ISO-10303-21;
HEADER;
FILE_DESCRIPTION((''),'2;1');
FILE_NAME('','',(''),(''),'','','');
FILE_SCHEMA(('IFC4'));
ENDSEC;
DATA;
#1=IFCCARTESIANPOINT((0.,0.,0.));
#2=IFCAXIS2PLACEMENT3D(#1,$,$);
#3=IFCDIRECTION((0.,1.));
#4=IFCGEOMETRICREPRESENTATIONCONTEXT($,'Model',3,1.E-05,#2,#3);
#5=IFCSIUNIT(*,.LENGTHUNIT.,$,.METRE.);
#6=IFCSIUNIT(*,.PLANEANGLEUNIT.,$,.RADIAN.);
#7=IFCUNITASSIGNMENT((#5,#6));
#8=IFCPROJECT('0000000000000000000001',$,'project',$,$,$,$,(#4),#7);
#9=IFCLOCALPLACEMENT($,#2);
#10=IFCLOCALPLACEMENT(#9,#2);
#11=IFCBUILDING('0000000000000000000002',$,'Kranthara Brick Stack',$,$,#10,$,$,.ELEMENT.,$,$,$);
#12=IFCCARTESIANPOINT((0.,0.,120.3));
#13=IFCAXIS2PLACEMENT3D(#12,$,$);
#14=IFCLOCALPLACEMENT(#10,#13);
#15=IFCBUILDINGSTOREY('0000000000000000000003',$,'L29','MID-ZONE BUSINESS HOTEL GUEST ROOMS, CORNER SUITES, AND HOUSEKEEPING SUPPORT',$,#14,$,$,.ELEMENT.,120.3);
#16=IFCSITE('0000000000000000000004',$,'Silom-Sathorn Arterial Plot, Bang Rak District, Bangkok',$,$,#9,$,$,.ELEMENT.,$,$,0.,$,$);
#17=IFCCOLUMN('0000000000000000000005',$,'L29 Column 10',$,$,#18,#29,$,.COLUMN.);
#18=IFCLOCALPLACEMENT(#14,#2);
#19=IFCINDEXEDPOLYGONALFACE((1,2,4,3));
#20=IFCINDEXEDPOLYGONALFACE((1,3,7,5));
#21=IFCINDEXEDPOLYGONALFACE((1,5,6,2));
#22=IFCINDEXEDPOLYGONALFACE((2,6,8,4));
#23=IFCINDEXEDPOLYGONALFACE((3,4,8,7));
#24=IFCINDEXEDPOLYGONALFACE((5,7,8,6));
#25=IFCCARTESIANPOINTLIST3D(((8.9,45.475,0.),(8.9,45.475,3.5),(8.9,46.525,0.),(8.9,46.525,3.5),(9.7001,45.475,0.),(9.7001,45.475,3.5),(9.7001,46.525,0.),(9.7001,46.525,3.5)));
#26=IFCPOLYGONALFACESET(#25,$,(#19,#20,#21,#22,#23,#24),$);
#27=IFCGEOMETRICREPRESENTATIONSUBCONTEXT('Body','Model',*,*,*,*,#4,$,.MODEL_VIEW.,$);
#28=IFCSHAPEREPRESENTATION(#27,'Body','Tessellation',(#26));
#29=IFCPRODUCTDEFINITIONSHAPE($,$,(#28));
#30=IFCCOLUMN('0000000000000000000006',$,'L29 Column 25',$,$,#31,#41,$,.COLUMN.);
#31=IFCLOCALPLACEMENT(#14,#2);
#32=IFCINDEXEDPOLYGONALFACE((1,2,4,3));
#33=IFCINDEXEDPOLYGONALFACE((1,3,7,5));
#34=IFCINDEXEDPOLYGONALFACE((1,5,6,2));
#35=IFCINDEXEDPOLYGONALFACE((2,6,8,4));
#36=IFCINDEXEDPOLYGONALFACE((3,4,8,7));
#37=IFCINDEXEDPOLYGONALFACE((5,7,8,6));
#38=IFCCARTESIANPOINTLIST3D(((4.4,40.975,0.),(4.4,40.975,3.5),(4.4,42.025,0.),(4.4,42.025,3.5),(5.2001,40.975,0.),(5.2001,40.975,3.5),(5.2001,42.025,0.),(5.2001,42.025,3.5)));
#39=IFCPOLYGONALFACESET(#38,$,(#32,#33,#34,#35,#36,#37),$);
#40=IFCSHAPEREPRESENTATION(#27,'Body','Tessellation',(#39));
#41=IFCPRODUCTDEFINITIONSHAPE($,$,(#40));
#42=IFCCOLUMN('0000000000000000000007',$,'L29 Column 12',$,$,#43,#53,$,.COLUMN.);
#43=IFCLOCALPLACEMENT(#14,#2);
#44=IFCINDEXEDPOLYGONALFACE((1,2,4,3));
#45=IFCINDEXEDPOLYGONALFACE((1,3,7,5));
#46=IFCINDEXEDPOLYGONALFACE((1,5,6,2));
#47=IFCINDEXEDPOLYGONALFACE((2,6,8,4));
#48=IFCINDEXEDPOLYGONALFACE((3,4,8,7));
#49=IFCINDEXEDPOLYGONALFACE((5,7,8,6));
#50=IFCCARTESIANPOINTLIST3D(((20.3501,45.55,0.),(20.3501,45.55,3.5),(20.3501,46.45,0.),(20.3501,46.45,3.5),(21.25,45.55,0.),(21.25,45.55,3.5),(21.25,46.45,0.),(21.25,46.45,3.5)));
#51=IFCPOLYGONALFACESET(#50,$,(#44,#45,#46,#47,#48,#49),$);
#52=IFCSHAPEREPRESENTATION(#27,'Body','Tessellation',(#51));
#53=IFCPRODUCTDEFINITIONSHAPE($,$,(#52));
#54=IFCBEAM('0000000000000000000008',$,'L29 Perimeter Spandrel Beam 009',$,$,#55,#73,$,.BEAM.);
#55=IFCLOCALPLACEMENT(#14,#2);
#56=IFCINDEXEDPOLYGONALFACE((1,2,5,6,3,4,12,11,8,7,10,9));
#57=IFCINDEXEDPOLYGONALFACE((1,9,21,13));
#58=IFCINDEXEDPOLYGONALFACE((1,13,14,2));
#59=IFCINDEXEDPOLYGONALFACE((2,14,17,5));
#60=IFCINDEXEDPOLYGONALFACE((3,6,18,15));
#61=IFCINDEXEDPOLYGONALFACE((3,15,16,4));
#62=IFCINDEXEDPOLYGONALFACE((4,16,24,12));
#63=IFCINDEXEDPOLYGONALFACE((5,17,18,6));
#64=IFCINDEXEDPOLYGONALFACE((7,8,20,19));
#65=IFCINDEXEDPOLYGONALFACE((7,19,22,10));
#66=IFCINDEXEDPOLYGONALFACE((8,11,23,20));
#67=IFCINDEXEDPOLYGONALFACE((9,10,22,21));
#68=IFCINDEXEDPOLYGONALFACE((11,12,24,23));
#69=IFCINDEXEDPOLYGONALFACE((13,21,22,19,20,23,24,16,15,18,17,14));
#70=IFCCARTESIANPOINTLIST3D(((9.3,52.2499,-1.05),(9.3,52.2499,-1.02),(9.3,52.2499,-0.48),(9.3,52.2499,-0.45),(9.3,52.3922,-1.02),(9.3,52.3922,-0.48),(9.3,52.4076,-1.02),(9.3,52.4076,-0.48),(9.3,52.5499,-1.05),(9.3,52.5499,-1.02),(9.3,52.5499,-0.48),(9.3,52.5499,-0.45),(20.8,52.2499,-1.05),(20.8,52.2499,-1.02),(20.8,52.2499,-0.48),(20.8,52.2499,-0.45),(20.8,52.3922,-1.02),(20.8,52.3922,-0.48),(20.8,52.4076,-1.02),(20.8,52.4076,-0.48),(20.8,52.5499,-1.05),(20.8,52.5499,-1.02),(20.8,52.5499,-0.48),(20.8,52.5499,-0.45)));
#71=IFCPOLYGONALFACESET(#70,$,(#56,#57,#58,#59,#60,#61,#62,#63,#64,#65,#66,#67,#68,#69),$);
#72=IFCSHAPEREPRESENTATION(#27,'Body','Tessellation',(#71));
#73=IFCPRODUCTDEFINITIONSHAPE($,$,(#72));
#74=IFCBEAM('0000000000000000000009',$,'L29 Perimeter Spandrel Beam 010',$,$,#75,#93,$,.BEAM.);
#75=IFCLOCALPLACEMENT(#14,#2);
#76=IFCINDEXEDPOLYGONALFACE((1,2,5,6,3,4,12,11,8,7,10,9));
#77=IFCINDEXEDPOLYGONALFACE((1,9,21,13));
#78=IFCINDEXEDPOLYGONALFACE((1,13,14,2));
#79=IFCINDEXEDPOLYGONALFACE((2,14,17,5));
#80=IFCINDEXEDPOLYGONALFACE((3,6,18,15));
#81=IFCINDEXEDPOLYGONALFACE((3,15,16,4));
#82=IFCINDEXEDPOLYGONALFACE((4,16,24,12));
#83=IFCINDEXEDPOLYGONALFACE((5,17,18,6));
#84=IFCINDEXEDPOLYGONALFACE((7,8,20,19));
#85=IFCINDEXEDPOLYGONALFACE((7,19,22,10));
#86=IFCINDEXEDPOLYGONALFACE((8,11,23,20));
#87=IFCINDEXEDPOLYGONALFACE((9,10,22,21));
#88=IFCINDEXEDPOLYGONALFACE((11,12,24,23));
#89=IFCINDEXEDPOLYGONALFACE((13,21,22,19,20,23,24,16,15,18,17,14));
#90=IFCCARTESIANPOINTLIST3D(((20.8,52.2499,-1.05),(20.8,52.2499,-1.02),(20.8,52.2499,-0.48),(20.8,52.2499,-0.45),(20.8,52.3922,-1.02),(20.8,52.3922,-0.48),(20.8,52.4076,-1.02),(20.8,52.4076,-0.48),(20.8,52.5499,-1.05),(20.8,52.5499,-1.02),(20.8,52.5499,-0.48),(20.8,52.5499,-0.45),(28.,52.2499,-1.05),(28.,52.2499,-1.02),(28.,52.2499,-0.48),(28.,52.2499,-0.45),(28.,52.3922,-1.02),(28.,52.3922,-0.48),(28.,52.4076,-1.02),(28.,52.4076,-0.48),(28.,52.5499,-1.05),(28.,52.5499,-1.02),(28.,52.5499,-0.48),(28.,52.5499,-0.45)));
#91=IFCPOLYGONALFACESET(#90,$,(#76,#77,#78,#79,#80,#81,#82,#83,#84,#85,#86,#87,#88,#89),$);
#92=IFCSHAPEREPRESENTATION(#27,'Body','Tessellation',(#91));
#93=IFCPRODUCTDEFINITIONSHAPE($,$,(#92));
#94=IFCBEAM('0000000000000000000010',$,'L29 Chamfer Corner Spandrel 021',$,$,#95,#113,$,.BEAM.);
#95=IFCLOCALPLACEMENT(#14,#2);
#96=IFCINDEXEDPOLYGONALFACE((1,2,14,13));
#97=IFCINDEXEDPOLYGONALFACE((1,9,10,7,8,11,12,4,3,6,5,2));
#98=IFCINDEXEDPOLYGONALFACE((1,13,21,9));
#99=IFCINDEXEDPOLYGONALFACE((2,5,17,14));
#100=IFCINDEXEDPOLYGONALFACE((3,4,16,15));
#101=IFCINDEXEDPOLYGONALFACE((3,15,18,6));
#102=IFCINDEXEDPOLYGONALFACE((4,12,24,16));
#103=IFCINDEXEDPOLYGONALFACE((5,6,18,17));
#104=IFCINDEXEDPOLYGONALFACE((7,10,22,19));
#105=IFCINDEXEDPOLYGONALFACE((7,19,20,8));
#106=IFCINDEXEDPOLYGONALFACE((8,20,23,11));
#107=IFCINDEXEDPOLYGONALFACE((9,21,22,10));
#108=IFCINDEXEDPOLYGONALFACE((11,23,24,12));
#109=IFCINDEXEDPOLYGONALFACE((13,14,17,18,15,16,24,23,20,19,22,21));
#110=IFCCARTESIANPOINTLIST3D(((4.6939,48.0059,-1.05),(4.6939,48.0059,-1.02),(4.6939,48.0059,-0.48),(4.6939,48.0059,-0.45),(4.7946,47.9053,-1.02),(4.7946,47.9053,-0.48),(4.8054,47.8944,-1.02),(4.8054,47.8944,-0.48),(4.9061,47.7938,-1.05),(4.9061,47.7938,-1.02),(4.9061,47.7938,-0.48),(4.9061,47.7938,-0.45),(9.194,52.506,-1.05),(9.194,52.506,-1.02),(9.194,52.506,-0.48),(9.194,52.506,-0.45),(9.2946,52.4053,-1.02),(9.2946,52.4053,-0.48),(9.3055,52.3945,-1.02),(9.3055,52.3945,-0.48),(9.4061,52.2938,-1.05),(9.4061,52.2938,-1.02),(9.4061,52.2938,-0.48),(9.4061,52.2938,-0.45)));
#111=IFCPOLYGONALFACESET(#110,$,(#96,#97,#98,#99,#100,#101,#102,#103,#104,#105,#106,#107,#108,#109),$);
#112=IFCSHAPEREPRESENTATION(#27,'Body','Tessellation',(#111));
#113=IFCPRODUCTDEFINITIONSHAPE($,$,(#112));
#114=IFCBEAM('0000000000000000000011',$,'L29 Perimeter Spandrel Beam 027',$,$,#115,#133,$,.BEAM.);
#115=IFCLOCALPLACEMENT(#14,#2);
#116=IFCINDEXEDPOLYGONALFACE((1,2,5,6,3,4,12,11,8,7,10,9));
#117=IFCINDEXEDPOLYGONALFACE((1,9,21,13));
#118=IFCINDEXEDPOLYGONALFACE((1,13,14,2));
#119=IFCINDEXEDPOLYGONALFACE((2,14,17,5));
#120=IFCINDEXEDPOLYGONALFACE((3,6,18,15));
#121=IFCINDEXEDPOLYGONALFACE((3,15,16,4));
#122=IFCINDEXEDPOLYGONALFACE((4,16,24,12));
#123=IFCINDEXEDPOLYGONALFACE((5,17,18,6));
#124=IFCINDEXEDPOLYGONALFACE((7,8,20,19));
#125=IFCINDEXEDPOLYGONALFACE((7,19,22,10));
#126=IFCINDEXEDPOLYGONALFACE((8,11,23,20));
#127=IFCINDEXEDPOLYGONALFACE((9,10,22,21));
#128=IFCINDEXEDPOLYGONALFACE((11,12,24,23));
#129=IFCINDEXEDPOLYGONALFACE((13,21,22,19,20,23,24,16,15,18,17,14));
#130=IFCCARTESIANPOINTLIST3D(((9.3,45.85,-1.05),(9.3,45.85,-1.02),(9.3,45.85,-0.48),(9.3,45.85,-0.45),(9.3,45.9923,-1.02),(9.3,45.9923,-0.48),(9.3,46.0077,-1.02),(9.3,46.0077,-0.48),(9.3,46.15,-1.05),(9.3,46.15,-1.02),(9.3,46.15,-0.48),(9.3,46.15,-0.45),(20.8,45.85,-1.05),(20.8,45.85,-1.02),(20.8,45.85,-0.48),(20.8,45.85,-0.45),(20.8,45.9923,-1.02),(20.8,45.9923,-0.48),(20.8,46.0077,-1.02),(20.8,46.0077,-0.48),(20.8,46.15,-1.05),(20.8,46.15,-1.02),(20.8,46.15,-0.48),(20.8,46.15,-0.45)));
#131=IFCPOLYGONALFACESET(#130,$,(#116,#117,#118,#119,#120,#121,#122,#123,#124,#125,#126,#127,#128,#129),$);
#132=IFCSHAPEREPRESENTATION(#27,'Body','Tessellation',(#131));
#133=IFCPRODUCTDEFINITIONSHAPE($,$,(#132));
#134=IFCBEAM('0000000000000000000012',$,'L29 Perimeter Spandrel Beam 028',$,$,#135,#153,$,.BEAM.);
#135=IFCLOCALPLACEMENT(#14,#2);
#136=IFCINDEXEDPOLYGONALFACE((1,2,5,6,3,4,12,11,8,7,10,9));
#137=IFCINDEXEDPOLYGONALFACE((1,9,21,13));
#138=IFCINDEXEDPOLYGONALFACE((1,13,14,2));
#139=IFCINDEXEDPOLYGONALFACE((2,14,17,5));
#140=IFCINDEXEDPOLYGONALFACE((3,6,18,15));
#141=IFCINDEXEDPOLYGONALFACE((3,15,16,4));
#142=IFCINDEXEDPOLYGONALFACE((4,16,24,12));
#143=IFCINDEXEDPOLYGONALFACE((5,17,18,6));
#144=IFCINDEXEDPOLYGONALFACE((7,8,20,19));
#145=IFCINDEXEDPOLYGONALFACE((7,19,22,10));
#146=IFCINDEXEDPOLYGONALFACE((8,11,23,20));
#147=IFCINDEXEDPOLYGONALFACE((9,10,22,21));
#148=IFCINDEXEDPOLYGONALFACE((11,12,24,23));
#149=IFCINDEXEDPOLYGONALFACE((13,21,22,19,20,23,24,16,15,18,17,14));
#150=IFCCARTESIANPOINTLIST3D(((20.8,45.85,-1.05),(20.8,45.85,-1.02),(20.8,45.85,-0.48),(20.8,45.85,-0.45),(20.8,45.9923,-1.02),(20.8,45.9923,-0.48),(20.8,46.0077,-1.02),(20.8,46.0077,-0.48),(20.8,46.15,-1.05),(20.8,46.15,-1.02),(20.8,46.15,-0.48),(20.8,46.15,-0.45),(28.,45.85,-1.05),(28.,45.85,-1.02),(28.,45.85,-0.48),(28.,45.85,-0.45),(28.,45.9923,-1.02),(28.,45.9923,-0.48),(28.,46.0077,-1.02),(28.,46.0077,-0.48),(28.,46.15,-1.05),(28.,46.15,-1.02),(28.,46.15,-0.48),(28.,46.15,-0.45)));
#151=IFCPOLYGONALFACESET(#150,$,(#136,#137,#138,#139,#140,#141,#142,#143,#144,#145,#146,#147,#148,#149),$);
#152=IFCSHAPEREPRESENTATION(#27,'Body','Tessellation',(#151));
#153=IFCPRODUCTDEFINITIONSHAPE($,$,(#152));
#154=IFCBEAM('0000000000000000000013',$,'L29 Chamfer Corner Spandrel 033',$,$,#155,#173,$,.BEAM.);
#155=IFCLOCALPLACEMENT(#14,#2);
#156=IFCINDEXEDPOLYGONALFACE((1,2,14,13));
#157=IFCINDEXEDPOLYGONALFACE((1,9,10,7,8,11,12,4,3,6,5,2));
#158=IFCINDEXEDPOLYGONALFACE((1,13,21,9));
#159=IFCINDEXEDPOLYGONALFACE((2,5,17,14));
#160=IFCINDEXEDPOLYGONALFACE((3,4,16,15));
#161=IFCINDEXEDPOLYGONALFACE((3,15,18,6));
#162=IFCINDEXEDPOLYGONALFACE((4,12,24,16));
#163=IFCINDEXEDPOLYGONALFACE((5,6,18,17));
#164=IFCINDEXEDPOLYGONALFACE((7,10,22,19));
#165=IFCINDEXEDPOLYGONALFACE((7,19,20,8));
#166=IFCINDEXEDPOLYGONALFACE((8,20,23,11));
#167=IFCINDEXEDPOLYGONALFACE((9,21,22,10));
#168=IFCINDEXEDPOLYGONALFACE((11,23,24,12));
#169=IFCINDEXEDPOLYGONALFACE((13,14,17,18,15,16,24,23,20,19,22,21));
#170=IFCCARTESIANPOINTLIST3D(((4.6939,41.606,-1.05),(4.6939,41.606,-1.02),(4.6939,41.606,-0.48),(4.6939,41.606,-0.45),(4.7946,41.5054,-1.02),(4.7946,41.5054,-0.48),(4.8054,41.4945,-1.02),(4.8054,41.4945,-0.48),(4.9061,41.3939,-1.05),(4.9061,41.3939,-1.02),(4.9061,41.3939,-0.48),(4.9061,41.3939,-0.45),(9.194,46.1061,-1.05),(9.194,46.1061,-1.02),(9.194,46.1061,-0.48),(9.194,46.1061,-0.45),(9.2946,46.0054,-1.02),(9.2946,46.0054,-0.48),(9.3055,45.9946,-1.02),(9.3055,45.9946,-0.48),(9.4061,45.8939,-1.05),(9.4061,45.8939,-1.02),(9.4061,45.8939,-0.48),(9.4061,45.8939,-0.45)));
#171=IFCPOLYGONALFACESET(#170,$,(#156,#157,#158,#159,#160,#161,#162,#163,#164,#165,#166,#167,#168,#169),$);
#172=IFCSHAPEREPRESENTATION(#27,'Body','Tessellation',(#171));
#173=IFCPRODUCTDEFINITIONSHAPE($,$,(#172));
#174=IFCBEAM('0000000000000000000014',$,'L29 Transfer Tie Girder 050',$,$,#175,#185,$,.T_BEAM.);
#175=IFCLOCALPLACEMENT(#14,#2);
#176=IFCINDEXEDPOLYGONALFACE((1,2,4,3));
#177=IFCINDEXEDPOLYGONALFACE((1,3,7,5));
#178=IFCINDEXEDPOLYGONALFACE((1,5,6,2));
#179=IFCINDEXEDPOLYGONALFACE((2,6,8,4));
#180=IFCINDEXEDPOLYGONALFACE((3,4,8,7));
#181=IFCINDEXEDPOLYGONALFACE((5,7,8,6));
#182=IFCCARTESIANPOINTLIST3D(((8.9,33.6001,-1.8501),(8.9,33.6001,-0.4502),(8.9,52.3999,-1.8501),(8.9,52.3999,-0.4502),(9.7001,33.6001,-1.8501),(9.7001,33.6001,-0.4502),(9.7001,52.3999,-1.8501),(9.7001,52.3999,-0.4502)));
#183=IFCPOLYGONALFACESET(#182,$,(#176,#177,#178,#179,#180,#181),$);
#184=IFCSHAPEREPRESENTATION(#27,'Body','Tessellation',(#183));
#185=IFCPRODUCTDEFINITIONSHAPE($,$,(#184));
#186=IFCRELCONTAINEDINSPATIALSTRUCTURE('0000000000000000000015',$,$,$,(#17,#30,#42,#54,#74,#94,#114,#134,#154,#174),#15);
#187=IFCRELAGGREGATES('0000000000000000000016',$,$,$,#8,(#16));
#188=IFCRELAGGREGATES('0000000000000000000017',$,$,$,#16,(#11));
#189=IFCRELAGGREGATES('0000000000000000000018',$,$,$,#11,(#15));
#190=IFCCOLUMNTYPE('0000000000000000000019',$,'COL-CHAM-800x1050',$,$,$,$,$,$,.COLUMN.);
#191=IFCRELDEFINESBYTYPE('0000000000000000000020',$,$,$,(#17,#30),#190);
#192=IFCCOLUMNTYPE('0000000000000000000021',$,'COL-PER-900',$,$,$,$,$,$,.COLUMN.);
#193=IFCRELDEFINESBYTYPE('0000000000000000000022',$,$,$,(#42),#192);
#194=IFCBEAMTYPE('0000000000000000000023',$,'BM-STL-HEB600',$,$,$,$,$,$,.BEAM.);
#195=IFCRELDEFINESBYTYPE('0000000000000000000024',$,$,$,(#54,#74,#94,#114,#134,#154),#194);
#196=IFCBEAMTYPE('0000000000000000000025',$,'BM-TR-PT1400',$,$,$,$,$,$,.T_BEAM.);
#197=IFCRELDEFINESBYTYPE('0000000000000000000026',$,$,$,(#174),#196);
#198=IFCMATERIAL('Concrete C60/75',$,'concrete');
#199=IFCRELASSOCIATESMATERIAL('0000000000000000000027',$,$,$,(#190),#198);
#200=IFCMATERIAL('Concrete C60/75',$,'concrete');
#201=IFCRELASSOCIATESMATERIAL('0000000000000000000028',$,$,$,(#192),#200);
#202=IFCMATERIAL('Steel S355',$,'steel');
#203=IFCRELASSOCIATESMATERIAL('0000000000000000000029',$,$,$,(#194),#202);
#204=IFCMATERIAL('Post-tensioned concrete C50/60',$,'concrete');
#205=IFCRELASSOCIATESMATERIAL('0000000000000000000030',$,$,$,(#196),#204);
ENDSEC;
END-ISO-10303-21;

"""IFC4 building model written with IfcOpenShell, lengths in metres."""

from ifc_helpers import new_model, si_unit, direction, frame, origin, origin_2d, place, context, subcontext, project, spatial, rectangle, i_section, extrude, material, material_profile, profile_set, type_object, element, save


model = new_model("IFC4")

# Units and contexts
model_context = context("Model", 3, precision=1e-05, world=origin(), true_north=direction((0.0, 1.0)))
body_context = subcontext(model_context, "Body", "Model", "MODEL_VIEW")
ifc_project = project(units=[si_unit("LENGTHUNIT", "METRE"), si_unit("PLANEANGLEUNIT", "RADIAN")], contexts=[model_context])

# Site, building, storey
site_placement = place(None, origin())
site = spatial("IfcSite", under=ifc_project, at=site_placement, Name="Silom-Sathorn Arterial Plot, Bang Rak District, Bangkok", CompositionType="ELEMENT", RefElevation=0.0)
building_placement = place(site_placement, origin())
building = spatial("IfcBuilding", under=site, at=building_placement, Name="Kranthara Brick Stack", CompositionType="ELEMENT")
storey_placement = place(building_placement, frame((0.0, 0.0, 120.3)))
storey = spatial("IfcBuildingStorey", under=building, at=storey_placement, Name="L29", Description="MID-ZONE BUSINESS HOTEL GUEST ROOMS, CORNER SUITES, AND HOUSEKEEPING SUPPORT", CompositionType="ELEMENT", Elevation=120.3)

# Columns
ifc_material_1 = material(Name="Concrete C60/75", Category="concrete")
ifc_material_profile_1 = material_profile(ifc_material_1, rectangle(XDim=0.8, YDim=1.05, at=origin_2d()), Name="RC 800x1050")
ifc_profile_set_1 = profile_set([ifc_material_profile_1], Name="Concrete C60/75")
column_type_1 = type_object("IfcColumnType", Name="COL-CHAM-800x1050", PredefinedType="COLUMN", material=ifc_profile_set_1)
for number, where, z_axis, x_axis, name in (
    (1, (9.3, 46.0, 0.0), (0.0, 0.0, 1.0), (1.0, 0.0, 0.0), "L29 Column 10"),
    (2, (4.8, 41.5, 0.0), (0.0, 0.0, 1.0), (1.0, 0.0, 0.0), "L29 Column 25"),
):
    element("IfcColumn", number, at=place(storey_placement, frame(where, z_axis=z_axis, x_axis=x_axis)), inside=storey, type_object=column_type_1, Name=name, PredefinedType="COLUMN", context=body_context, shape_type="SweptSolid", body=[
        extrude(rectangle(XDim=0.8, YDim=1.05, at=origin_2d()), origin(), (0.0, 0.0, 1.0), 3.5),
    ])
ifc_material_2 = material(Name="Concrete C60/75", Category="concrete")
ifc_material_profile_2 = material_profile(ifc_material_2, rectangle(XDim=0.8999, YDim=0.8999, at=origin_2d()), Name="RC 900x900")
ifc_profile_set_2 = profile_set([ifc_material_profile_2], Name="Concrete C60/75")
column_type_2 = type_object("IfcColumnType", Name="COL-PER-900", PredefinedType="COLUMN", material=ifc_profile_set_2)
column_placement = place(storey_placement, frame((20.8, 46.0, 0.0), z_axis=(0.0, 0.0, 1.0), x_axis=(1.0, 0.0, 0.0)))
element("IfcColumn", 3, at=column_placement, inside=storey, type_object=column_type_2, Name="L29 Column 12", PredefinedType="COLUMN", context=body_context, shape_type="SweptSolid", body=[
    extrude(rectangle(XDim=0.8999, YDim=0.8999, at=origin_2d()), origin(), (0.0, 0.0, 1.0), 3.5),
])

# Beams
ifc_material_3 = material(Name="Steel S355", Category="steel")
ifc_material_profile_3 = material_profile(ifc_material_3, i_section(OverallWidth=0.3, OverallDepth=0.6001, WebThickness=0.0154, FlangeThickness=0.03, at=origin_2d()), Name="HEB 600")
ifc_profile_set_3 = profile_set([ifc_material_profile_3], Name="Steel S355")
beam_type_1 = type_object("IfcBeamType", Name="BM-STL-HEB600", PredefinedType="BEAM", material=ifc_profile_set_3)
beam_1_placement = place(storey_placement, frame((9.3, 52.3999, -0.75), z_axis=(1.0, 0.0, 0.0), x_axis=(0.0, 1.0, 0.0)))
element("IfcBeam", 4, at=beam_1_placement, inside=storey, type_object=beam_type_1, Name="L29 Perimeter Spandrel Beam 009", PredefinedType="BEAM", context=body_context, shape_type="SweptSolid", body=[
    extrude(i_section(OverallWidth=0.3, OverallDepth=0.6001, WebThickness=0.0154, FlangeThickness=0.03, at=origin_2d()), origin(), (0.0, 0.0, 1.0), 11.5),
])
beam_2_placement = place(storey_placement, frame((20.8, 52.3999, -0.75), z_axis=(1.0, 0.0, 0.0), x_axis=(0.0, 1.0, 0.0)))
element("IfcBeam", 5, at=beam_2_placement, inside=storey, type_object=beam_type_1, Name="L29 Perimeter Spandrel Beam 010", PredefinedType="BEAM", context=body_context, shape_type="SweptSolid", body=[
    extrude(i_section(OverallWidth=0.3, OverallDepth=0.6001, WebThickness=0.0154, FlangeThickness=0.03, at=origin_2d()), origin(), (0.0, 0.0, 1.0), 7.2),
])
beam_3_placement = place(storey_placement, frame((9.3, 52.3999, -0.75), z_axis=(-0.707107, -0.707107, 0.0), x_axis=(0.707107, -0.707107, 0.0)))
element("IfcBeam", 6, at=beam_3_placement, inside=storey, type_object=beam_type_1, Name="L29 Chamfer Corner Spandrel 021", PredefinedType="BEAM", context=body_context, shape_type="SweptSolid", body=[
    extrude(i_section(OverallWidth=0.3, OverallDepth=0.6001, WebThickness=0.0154, FlangeThickness=0.03, at=origin_2d()), origin(), (0.0, 0.0, 1.0), 6.364),
])
beam_4_placement = place(storey_placement, frame((9.3, 46.0, -0.75), z_axis=(1.0, 0.0, 0.0), x_axis=(0.0, 1.0, 0.0)))
element("IfcBeam", 7, at=beam_4_placement, inside=storey, type_object=beam_type_1, Name="L29 Perimeter Spandrel Beam 027", PredefinedType="BEAM", context=body_context, shape_type="SweptSolid", body=[
    extrude(i_section(OverallWidth=0.3, OverallDepth=0.6001, WebThickness=0.0154, FlangeThickness=0.03, at=origin_2d()), origin(), (0.0, 0.0, 1.0), 11.5),
])
beam_5_placement = place(storey_placement, frame((20.8, 46.0, -0.75), z_axis=(1.0, 0.0, 0.0), x_axis=(0.0, 1.0, 0.0)))
element("IfcBeam", 8, at=beam_5_placement, inside=storey, type_object=beam_type_1, Name="L29 Perimeter Spandrel Beam 028", PredefinedType="BEAM", context=body_context, shape_type="SweptSolid", body=[
    extrude(i_section(OverallWidth=0.3, OverallDepth=0.6001, WebThickness=0.0154, FlangeThickness=0.03, at=origin_2d()), origin(), (0.0, 0.0, 1.0), 7.2),
])
beam_6_placement = place(storey_placement, frame((9.3, 46.0, -0.75), z_axis=(-0.707107, -0.707107, 0.0), x_axis=(0.707107, -0.707107, 0.0)))
element("IfcBeam", 9, at=beam_6_placement, inside=storey, type_object=beam_type_1, Name="L29 Chamfer Corner Spandrel 033", PredefinedType="BEAM", context=body_context, shape_type="SweptSolid", body=[
    extrude(i_section(OverallWidth=0.3, OverallDepth=0.6001, WebThickness=0.0154, FlangeThickness=0.03, at=origin_2d()), origin(), (0.0, 0.0, 1.0), 6.364),
])
ifc_material_4 = material(Name="Post-tensioned concrete C50/60", Category="concrete")
ifc_material_profile_4 = material_profile(ifc_material_4, rectangle(XDim=0.8, YDim=1.3999, at=origin_2d()), Name="PT 800x1400")
ifc_profile_set_4 = profile_set([ifc_material_profile_4], Name="Post-tensioned concrete C50/60")
beam_type_2 = type_object("IfcBeamType", Name="BM-TR-PT1400", PredefinedType="T_BEAM", material=ifc_profile_set_4)
beam_7_placement = place(storey_placement, frame((9.3, 52.3999, -1.1501), z_axis=(0.0, -1.0, 0.0), x_axis=(1.0, 0.0, 0.0)))
element("IfcBeam", 10, at=beam_7_placement, inside=storey, type_object=beam_type_2, Name="L29 Transfer Tie Girder 050", PredefinedType="T_BEAM", context=body_context, shape_type="SweptSolid", body=[
    extrude(rectangle(XDim=0.8, YDim=1.3999, at=origin_2d()), origin(), (0.0, 0.0, 1.0), 18.7998),
])

save(model, "model.ifc")
